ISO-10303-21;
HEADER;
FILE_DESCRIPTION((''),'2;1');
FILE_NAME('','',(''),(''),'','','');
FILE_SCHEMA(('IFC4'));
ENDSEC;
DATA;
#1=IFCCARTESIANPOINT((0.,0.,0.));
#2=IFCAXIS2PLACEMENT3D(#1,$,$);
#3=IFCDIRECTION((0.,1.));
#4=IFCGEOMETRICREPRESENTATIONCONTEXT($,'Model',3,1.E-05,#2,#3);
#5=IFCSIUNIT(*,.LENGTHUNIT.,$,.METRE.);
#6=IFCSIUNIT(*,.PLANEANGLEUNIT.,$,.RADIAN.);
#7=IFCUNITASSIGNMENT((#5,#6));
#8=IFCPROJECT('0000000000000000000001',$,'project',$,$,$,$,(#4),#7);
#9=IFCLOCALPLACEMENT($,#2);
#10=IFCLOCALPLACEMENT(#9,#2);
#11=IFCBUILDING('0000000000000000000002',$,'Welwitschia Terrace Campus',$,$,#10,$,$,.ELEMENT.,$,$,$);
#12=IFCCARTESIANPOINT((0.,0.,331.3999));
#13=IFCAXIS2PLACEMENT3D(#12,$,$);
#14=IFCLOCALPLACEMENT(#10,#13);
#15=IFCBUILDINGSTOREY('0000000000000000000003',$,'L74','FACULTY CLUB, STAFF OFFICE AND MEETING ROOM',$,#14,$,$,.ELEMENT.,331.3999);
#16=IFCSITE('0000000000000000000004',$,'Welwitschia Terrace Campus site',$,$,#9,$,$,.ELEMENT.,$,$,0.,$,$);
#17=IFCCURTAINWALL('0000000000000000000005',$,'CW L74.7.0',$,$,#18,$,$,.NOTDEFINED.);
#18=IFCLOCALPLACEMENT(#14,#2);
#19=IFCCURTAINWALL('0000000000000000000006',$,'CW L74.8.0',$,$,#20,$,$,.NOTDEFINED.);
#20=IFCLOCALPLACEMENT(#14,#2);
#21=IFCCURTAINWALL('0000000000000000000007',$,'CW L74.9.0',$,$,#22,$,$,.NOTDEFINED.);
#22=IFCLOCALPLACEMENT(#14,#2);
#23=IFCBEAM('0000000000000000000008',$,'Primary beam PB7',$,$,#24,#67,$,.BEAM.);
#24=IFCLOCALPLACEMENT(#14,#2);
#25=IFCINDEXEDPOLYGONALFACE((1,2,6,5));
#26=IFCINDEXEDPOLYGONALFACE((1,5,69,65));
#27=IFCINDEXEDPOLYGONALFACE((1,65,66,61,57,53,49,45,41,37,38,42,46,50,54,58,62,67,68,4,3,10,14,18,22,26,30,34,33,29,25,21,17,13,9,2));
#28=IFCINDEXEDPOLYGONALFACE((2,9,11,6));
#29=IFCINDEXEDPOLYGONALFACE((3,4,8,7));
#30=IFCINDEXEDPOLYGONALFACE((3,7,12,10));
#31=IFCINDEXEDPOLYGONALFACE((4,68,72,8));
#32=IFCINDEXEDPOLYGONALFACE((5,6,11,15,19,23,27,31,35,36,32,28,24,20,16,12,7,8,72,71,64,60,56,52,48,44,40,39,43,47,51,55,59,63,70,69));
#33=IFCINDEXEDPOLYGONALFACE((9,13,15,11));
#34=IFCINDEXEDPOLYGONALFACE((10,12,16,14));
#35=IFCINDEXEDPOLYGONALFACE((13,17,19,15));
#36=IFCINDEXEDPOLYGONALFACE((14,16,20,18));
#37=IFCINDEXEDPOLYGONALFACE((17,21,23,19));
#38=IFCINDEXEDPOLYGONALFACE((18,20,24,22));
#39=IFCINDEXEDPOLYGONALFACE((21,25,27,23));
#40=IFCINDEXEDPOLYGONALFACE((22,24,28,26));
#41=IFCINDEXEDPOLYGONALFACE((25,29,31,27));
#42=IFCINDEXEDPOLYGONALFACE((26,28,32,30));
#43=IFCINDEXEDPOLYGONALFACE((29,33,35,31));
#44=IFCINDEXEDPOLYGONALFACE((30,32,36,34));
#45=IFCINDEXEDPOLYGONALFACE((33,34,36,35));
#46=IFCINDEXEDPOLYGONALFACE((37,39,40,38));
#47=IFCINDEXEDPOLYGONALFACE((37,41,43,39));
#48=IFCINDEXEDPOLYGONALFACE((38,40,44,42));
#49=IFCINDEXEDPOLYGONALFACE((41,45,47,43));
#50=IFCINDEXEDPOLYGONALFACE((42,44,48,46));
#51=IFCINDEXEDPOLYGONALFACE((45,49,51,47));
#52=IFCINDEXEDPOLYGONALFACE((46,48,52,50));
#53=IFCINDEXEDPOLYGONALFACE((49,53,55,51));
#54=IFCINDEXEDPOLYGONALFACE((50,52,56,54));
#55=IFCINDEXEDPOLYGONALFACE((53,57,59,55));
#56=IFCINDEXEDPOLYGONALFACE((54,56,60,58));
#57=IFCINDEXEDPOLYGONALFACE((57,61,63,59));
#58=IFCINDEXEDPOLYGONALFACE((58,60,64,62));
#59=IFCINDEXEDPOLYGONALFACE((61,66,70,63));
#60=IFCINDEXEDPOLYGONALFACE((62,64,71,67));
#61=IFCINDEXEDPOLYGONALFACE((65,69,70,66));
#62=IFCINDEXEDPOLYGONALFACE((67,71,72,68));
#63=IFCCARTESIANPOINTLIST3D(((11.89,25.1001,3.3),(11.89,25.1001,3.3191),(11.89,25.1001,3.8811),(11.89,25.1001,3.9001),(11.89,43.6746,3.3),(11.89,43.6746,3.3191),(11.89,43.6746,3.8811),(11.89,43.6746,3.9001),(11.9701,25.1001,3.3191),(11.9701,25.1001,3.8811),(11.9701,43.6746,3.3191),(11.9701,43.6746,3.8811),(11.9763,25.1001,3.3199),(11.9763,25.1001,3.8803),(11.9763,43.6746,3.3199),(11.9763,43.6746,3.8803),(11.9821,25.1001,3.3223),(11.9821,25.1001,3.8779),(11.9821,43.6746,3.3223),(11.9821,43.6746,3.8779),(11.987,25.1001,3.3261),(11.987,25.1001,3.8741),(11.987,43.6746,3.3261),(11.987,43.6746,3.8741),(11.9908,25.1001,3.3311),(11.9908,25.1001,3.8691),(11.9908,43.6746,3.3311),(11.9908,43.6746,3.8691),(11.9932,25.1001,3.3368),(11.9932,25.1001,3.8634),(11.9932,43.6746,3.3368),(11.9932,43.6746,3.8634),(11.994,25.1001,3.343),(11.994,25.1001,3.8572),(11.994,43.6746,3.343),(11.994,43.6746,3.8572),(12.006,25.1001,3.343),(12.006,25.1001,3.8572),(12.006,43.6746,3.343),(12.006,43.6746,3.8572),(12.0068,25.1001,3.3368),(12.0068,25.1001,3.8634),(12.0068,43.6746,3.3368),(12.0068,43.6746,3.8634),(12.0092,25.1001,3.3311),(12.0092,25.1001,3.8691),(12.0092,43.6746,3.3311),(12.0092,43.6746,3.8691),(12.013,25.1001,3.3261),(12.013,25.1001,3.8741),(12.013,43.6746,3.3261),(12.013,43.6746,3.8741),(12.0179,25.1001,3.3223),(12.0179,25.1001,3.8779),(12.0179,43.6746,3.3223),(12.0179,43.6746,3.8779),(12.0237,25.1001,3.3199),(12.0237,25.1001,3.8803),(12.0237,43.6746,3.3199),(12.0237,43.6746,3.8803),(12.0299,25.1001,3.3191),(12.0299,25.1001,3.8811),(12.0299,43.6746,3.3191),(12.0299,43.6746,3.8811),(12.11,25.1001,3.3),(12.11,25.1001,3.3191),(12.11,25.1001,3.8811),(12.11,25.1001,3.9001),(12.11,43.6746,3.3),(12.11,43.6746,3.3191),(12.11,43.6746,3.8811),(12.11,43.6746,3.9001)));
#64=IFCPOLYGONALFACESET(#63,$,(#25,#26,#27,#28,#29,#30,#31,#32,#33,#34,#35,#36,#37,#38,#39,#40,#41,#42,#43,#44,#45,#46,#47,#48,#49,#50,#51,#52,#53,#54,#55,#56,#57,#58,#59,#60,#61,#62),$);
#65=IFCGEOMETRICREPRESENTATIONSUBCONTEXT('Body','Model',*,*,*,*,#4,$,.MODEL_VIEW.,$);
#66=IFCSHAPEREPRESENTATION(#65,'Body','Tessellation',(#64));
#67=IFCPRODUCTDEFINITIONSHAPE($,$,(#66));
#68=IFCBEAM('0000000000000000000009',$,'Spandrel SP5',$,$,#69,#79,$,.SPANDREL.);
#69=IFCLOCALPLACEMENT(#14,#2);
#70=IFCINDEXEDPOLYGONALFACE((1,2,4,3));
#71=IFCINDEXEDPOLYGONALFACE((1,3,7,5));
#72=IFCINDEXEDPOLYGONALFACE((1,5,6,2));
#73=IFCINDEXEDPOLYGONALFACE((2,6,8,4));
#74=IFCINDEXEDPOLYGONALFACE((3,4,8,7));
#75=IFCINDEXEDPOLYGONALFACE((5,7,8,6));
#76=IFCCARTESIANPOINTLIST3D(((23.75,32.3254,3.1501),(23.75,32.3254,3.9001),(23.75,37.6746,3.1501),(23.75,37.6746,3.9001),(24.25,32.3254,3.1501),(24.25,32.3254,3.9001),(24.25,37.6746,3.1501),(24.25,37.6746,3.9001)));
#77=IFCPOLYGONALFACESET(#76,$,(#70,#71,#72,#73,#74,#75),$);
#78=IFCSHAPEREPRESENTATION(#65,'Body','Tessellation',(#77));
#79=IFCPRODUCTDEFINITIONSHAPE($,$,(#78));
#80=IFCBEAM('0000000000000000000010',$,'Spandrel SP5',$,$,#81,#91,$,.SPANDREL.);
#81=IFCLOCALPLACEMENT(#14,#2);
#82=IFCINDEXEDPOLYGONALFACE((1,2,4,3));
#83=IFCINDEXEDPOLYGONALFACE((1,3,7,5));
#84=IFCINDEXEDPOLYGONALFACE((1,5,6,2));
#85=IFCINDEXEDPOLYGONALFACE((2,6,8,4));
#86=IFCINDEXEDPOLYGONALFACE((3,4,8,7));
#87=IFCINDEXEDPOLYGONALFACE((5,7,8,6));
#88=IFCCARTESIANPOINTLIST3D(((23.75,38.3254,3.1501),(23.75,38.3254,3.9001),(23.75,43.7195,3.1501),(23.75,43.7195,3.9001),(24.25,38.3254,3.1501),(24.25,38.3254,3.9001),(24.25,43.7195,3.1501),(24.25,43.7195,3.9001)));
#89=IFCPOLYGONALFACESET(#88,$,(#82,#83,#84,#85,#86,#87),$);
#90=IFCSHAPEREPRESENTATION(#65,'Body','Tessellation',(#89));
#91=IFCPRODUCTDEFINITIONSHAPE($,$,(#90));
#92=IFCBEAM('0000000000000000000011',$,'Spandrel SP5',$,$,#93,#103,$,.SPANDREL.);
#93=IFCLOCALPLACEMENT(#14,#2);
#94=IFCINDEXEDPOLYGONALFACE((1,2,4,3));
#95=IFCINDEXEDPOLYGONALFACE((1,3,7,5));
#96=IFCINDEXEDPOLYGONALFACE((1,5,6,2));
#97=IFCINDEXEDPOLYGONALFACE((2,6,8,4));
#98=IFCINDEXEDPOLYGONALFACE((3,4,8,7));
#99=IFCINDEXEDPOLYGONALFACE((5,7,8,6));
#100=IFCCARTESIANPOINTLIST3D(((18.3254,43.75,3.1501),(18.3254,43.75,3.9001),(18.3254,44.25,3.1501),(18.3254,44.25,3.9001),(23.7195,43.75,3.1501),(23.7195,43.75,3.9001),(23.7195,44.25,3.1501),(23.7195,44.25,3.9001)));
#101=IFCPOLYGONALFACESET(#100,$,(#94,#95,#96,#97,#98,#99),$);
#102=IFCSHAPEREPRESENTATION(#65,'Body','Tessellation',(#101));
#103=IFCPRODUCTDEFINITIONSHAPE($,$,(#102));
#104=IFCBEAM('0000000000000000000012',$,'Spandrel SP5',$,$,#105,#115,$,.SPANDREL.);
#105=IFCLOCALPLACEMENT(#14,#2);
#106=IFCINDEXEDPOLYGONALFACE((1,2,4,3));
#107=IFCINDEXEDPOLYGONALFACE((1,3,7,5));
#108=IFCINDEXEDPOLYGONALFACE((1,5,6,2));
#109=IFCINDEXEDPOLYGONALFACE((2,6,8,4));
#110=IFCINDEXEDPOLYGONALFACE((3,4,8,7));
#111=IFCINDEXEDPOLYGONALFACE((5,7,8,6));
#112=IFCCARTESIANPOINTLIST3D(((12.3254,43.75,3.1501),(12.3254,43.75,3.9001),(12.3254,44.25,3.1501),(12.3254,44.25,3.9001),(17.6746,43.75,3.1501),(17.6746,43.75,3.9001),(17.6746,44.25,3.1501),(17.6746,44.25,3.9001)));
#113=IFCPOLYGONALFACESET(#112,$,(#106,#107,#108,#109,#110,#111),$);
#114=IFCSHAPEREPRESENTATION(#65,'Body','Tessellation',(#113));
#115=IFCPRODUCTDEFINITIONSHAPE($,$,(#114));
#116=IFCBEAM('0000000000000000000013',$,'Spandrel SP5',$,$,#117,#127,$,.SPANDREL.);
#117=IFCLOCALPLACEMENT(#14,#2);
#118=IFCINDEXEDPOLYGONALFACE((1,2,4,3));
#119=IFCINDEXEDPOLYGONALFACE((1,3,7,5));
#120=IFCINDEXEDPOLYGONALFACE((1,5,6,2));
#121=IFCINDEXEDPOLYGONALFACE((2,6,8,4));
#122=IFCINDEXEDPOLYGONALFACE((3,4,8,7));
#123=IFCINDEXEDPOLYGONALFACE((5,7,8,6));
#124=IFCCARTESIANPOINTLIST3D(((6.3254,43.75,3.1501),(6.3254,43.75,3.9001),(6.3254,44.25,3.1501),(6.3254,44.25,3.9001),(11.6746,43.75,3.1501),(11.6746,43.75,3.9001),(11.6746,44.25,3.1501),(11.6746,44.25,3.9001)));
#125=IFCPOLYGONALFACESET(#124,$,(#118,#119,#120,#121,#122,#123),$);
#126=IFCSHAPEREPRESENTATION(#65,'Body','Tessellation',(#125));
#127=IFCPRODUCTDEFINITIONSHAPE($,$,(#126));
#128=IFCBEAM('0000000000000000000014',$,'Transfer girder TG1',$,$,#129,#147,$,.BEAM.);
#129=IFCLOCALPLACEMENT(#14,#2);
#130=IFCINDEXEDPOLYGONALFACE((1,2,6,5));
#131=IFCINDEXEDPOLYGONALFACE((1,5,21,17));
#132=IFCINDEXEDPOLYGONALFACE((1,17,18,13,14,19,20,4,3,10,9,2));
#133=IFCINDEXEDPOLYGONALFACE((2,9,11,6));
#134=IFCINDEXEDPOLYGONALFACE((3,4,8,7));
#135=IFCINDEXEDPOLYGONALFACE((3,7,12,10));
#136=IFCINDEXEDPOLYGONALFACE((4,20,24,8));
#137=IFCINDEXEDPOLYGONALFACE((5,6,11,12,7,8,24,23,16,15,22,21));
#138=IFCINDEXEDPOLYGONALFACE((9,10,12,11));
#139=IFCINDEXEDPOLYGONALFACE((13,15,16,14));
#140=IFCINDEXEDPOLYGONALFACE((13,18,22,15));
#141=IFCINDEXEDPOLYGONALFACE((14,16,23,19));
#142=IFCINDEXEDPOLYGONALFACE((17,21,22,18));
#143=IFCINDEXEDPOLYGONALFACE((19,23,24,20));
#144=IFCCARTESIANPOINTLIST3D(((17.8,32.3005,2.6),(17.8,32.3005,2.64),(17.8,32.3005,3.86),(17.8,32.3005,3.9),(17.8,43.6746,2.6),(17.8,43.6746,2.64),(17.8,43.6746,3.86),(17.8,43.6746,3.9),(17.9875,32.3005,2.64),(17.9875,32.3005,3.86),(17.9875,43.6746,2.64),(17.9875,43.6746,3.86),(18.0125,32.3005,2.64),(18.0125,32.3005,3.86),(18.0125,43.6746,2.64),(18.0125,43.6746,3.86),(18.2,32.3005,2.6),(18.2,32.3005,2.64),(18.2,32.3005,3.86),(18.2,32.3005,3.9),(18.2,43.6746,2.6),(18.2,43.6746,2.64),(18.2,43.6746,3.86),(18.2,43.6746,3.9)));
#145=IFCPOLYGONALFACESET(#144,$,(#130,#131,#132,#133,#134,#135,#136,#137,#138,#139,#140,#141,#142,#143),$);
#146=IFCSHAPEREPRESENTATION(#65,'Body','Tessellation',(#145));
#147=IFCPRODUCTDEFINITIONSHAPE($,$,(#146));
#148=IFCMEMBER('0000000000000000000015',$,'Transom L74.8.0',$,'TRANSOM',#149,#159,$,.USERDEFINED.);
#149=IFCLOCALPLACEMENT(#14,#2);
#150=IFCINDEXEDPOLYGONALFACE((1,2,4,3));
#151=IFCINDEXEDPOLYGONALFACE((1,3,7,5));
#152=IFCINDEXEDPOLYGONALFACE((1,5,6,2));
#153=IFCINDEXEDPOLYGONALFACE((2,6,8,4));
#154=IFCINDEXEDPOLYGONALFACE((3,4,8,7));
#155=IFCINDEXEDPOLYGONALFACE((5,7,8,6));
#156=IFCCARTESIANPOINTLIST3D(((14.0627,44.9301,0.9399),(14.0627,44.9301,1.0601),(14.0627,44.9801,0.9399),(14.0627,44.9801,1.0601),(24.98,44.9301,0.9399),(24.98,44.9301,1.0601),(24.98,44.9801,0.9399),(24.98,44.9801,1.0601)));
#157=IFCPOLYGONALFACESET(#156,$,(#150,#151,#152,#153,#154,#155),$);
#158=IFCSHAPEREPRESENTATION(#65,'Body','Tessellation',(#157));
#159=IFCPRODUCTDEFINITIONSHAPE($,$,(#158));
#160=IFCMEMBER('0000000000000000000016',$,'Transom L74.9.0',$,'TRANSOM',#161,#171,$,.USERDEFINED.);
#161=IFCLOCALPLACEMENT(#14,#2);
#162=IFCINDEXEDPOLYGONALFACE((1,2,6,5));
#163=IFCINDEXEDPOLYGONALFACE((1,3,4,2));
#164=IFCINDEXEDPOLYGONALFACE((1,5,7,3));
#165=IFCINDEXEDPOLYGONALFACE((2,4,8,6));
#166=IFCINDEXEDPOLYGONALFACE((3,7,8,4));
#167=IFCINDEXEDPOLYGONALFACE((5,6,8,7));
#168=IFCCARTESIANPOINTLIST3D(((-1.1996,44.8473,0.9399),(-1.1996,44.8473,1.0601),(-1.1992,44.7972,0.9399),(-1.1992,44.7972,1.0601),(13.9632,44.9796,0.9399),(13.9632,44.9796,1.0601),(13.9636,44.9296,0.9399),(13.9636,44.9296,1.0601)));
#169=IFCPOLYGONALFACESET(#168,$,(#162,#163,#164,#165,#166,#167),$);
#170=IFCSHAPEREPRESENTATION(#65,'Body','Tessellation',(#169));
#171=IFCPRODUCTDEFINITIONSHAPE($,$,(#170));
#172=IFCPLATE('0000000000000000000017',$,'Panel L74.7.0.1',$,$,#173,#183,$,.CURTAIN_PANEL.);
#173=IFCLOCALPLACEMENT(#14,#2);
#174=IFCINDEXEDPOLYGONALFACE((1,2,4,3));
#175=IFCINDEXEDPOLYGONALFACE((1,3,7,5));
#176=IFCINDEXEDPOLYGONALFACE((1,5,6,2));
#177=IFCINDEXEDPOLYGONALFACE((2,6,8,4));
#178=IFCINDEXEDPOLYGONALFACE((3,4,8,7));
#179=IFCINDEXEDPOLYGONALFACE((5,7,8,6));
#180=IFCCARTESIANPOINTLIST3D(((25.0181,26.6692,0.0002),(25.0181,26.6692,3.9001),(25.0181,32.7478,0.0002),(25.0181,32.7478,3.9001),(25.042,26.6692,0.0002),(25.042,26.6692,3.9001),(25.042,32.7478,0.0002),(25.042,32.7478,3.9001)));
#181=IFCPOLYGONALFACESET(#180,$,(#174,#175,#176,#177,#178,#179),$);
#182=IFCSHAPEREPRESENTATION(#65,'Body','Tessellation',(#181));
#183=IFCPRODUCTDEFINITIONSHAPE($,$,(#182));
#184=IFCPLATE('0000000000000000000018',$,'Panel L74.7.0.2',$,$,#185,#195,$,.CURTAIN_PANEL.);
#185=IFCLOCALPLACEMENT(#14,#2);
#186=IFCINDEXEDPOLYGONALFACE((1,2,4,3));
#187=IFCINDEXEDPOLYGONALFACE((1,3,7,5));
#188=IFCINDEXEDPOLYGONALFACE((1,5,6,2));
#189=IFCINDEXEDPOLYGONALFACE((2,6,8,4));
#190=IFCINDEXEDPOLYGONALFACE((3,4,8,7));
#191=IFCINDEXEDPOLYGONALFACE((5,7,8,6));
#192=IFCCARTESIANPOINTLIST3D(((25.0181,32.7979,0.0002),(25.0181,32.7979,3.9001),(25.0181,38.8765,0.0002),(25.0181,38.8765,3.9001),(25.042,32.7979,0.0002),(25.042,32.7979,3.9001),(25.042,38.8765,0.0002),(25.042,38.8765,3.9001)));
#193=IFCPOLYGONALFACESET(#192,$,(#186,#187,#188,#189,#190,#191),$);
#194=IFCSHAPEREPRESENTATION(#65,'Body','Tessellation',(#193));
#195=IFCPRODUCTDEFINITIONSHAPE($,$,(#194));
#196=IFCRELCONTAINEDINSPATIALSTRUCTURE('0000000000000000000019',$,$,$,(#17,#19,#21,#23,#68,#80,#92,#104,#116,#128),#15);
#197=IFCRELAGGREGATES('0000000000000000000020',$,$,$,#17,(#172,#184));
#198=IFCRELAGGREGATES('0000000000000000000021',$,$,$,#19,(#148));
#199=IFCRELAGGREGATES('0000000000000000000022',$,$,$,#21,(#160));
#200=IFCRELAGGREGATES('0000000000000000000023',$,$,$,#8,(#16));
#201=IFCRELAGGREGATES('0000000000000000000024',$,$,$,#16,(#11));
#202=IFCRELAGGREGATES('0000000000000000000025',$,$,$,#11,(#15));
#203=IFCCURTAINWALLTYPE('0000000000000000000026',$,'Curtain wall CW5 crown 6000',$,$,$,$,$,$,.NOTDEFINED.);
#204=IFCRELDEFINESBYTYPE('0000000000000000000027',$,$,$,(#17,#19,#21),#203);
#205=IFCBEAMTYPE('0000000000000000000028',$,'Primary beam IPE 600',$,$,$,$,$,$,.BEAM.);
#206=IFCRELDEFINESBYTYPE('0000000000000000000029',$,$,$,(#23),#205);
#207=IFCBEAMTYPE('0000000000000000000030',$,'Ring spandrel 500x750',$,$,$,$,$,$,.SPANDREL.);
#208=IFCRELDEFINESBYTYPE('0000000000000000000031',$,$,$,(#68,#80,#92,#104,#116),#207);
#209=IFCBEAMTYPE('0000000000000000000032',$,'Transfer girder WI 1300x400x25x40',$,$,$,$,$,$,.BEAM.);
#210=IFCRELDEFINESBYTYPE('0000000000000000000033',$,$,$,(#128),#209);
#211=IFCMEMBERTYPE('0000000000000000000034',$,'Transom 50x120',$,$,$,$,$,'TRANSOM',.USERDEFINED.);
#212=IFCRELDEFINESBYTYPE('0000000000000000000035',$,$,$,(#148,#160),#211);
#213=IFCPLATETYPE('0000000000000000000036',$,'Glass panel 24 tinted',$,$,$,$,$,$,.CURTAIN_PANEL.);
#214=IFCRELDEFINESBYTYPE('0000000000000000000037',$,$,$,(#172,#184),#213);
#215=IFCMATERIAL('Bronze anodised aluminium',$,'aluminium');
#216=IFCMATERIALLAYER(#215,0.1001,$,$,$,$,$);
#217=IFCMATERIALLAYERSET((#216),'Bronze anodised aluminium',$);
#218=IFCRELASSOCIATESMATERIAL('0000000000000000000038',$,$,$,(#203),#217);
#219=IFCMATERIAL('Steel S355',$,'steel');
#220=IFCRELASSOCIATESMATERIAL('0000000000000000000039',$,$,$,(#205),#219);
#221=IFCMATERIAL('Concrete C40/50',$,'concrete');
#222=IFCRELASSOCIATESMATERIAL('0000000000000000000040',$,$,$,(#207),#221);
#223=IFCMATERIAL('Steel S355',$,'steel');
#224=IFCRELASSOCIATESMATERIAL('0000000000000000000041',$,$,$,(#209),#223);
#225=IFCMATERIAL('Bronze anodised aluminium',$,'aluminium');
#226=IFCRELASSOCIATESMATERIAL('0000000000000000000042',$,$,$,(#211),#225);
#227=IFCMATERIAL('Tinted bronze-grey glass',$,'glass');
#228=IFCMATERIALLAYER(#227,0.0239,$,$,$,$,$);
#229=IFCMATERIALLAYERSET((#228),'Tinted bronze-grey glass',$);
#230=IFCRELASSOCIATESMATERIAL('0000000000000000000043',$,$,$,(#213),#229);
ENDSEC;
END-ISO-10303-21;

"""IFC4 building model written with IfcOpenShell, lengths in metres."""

from ifc_helpers import new_model, si_unit, direction, frame, origin, origin_2d, place, context, subcontext, project, spatial, rectangle, i_section, extrude, material, layer, layer_set, material_profile, profile_set, type_object, element, aggregate, save


model = new_model("IFC4")

# Units and contexts
model_context = context("Model", 3, precision=1e-05, world=origin(), true_north=direction((0.0, 1.0)))
body_context = subcontext(model_context, "Body", "Model", "MODEL_VIEW")
ifc_project = project(units=[si_unit("LENGTHUNIT", "METRE"), si_unit("PLANEANGLEUNIT", "RADIAN")], contexts=[model_context])

# Site, building, storey
site_placement = place(None, origin())
site = spatial("IfcSite", under=ifc_project, at=site_placement, Name="Welwitschia Terrace Campus site", CompositionType="ELEMENT", RefElevation=0.0)
building_placement = place(site_placement, origin())
building = spatial("IfcBuilding", under=site, at=building_placement, Name="Welwitschia Terrace Campus", CompositionType="ELEMENT")
storey_placement = place(building_placement, frame((0.0, 0.0, 331.3999)))
storey = spatial("IfcBuildingStorey", under=building, at=storey_placement, Name="L74", Description="FACULTY CLUB, STAFF OFFICE AND MEETING ROOM", CompositionType="ELEMENT", Elevation=331.3999)

# Curtain walls
ifc_material_1 = material(Name="Bronze anodised aluminium", Category="aluminium")
ifc_layer_1 = layer(ifc_material_1, 0.1001)
ifc_layer_set_1 = layer_set([ifc_layer_1], Name="Bronze anodised aluminium")
curtain_wall_type = type_object("IfcCurtainWallType", Name="Curtain wall CW5 crown 6000", PredefinedType="NOTDEFINED", material=ifc_layer_set_1)
curtain_wall_1_placement = place(storey_placement, origin())
curtain_wall_1 = element("IfcCurtainWall", 1, at=curtain_wall_1_placement, inside=storey, type_object=curtain_wall_type, Name="CW L74.7.0", PredefinedType="NOTDEFINED")
curtain_wall_2_placement = place(storey_placement, origin())
curtain_wall_2 = element("IfcCurtainWall", 2, at=curtain_wall_2_placement, inside=storey, type_object=curtain_wall_type, Name="CW L74.8.0", PredefinedType="NOTDEFINED")

# Curtain wall
curtain_wall_3_placement = place(storey_placement, origin())
curtain_wall_3 = element("IfcCurtainWall", 3, at=curtain_wall_3_placement, inside=storey, type_object=curtain_wall_type, Name="CW L74.9.0", PredefinedType="NOTDEFINED")

# Beams
ifc_material_2 = material(Name="Steel S355", Category="steel")
ifc_material_profile_1 = material_profile(ifc_material_2, i_section(OverallWidth=0.22, OverallDepth=0.6001, WebThickness=0.012, FlangeThickness=0.019, FilletRadius=0.0239, at=origin_2d()))
ifc_profile_set_1 = profile_set([ifc_material_profile_1], Name="Steel S355")
beam_type_1 = type_object("IfcBeamType", Name="Primary beam IPE 600", PredefinedType="BEAM", material=ifc_profile_set_1)
beam_1_placement = place(storey_placement, frame((12.0, 43.6746, 3.6001), z_axis=(0.0, -1.0, 0.0), x_axis=(1.0, 0.0, 0.0)))
element("IfcBeam", 4, at=beam_1_placement, inside=storey, type_object=beam_type_1, Name="Primary beam PB7", PredefinedType="BEAM", context=body_context, shape_type="SweptSolid", body=[
    extrude(i_section(OverallWidth=0.22, OverallDepth=0.6001, WebThickness=0.012, FlangeThickness=0.019, FilletRadius=0.0239, at=origin_2d()), origin(), (0.0, 0.0, 1.0), 18.5745),
])
ifc_material_3 = material(Name="Concrete C40/50", Category="concrete")
ifc_material_profile_2 = material_profile(ifc_material_3, rectangle(XDim=0.5, YDim=0.75, at=origin_2d()))
ifc_profile_set_2 = profile_set([ifc_material_profile_2], Name="Concrete C40/50")
beam_type_2 = type_object("IfcBeamType", Name="Ring spandrel 500x750", PredefinedType="SPANDREL", material=ifc_profile_set_2)
beam_2_placement = place(storey_placement, frame((24.0, 32.3254, 3.5251), z_axis=(0.0, 1.0, 0.0), x_axis=(-1.0, 0.0, 0.0)))
element("IfcBeam", 5, at=beam_2_placement, inside=storey, type_object=beam_type_2, Name="Spandrel SP5", PredefinedType="SPANDREL", context=body_context, shape_type="SweptSolid", body=[
    extrude(rectangle(XDim=0.5, YDim=0.75, at=origin_2d()), origin(), (0.0, 0.0, 1.0), 5.3491),
])
for number, where, z_axis, x_axis, name in (
    (6, (24.0, 38.3254, 3.5251), (0.0, 1.0, 0.0), (-1.0, 0.0, 0.0), "Spandrel SP5"),
    (7, (23.7195, 44.0, 3.5251), (-1.0, 0.0, 0.0), (0.0, -1.0, 0.0), "Spandrel SP5"),
):
    element("IfcBeam", number, at=place(storey_placement, frame(where, z_axis=z_axis, x_axis=x_axis)), inside=storey, type_object=beam_type_2, Name=name, PredefinedType="SPANDREL", context=body_context, shape_type="SweptSolid", body=[
        extrude(rectangle(XDim=0.5, YDim=0.75, at=origin_2d()), origin(), (0.0, 0.0, 1.0), 5.394),
    ])
for number, where, z_axis, x_axis, name in (
    (8, (17.6746, 44.0, 3.5251), (-1.0, 0.0, 0.0), (0.0, -1.0, 0.0), "Spandrel SP5"),
    (9, (11.6746, 44.0, 3.5251), (-1.0, 0.0, 0.0), (0.0, -1.0, 0.0), "Spandrel SP5"),
):
    element("IfcBeam", number, at=place(storey_placement, frame(where, z_axis=z_axis, x_axis=x_axis)), inside=storey, type_object=beam_type_2, Name=name, PredefinedType="SPANDREL", context=body_context, shape_type="SweptSolid", body=[
        extrude(rectangle(XDim=0.5, YDim=0.75, at=origin_2d()), origin(), (0.0, 0.0, 1.0), 5.3491),
    ])
ifc_material_4 = material(Name="Steel S355", Category="steel")
ifc_material_profile_3 = material_profile(ifc_material_4, i_section(OverallWidth=0.3999, OverallDepth=1.3, WebThickness=0.0249, FlangeThickness=0.04, at=origin_2d()))
ifc_profile_set_3 = profile_set([ifc_material_profile_3], Name="Steel S355")
beam_type_3 = type_object("IfcBeamType", Name="Transfer girder WI 1300x400x25x40", PredefinedType="BEAM", material=ifc_profile_set_3)
beam_3_placement = place(storey_placement, frame((18.0, 32.3005, 3.25), z_axis=(0.0, 1.0, 0.0), x_axis=(-1.0, 0.0, 0.0)))
element("IfcBeam", 10, at=beam_3_placement, inside=storey, type_object=beam_type_3, Name="Transfer girder TG1", PredefinedType="BEAM", context=body_context, shape_type="SweptSolid", body=[
    extrude(i_section(OverallWidth=0.3999, OverallDepth=1.3, WebThickness=0.0249, FlangeThickness=0.04, at=origin_2d()), origin(), (0.0, 0.0, 1.0), 11.374),
])

# Members
ifc_material_5 = material(Name="Bronze anodised aluminium", Category="aluminium")
ifc_material_profile_4 = material_profile(ifc_material_5, rectangle(XDim=0.05, YDim=0.1201, at=origin_2d()))
ifc_profile_set_4 = profile_set([ifc_material_profile_4], Name="Bronze anodised aluminium")
member_type_1 = type_object("IfcMemberType", Name="Transom 50x120", ElementType="TRANSOM", PredefinedType="USERDEFINED", material=ifc_profile_set_4)
member_1_placement = place(storey_placement, frame((24.98, 44.9551, 1.0), z_axis=(-1.0, 0.0, 0.0), x_axis=(0.0, -1.0, 0.0)))
member_1 = element("IfcMember", 11, at=member_1_placement, type_object=member_type_1, Name="Transom L74.8.0", ObjectType="TRANSOM", PredefinedType="USERDEFINED", context=body_context, shape_type="SweptSolid", body=[
    extrude(rectangle(XDim=0.05, YDim=0.1201, at=origin_2d()), origin(), (0.0, 0.0, 1.0), 10.9172),
])
member_2_placement = place(storey_placement, frame((13.9634, 44.9546, 1.0), z_axis=(-0.999962, -0.008727, 0.0), x_axis=(0.008727, -0.999962, 0.0)))
member_2 = element("IfcMember", 12, at=member_2_placement, type_object=member_type_1, Name="Transom L74.9.0", ObjectType="TRANSOM", PredefinedType="USERDEFINED", context=body_context, shape_type="SweptSolid", body=[
    extrude(rectangle(XDim=0.05, YDim=0.1201, at=origin_2d()), origin(), (0.0, 0.0, 1.0), 15.1633),
])

# Plates
ifc_material_6 = material(Name="Tinted bronze-grey glass", Category="glass")
ifc_layer_2 = layer(ifc_material_6, 0.0239)
ifc_layer_set_2 = layer_set([ifc_layer_2], Name="Tinted bronze-grey glass")
plate_type = type_object("IfcPlateType", Name="Glass panel 24 tinted", PredefinedType="CURTAIN_PANEL", material=ifc_layer_set_2)
plate_1_placement = place(storey_placement, frame((25.03, 29.7085, 0.0002), z_axis=(0.0, 0.0, 1.0), x_axis=(0.0, 1.0, 0.0)))
plate_1 = element("IfcPlate", 13, at=plate_1_placement, type_object=plate_type, Name="Panel L74.7.0.1", PredefinedType="CURTAIN_PANEL", context=body_context, shape_type="SweptSolid", body=[
    extrude(rectangle(XDim=6.0786, YDim=0.0239, at=origin_2d()), origin(), (0.0, 0.0, 1.0), 3.8999),
])
plate_2_placement = place(storey_placement, frame((25.03, 35.8372, 0.0002), z_axis=(0.0, 0.0, 1.0), x_axis=(0.0, 1.0, 0.0)))
plate_2 = element("IfcPlate", 14, at=plate_2_placement, type_object=plate_type, Name="Panel L74.7.0.2", PredefinedType="CURTAIN_PANEL", context=body_context, shape_type="SweptSolid", body=[
    extrude(rectangle(XDim=6.0786, YDim=0.0239, at=origin_2d()), origin(), (0.0, 0.0, 1.0), 3.8999),
])
aggregate(curtain_wall_1, [plate_1, plate_2])
aggregate(curtain_wall_2, [member_1])
aggregate(curtain_wall_3, [member_2])

save(model, "model.ifc")
